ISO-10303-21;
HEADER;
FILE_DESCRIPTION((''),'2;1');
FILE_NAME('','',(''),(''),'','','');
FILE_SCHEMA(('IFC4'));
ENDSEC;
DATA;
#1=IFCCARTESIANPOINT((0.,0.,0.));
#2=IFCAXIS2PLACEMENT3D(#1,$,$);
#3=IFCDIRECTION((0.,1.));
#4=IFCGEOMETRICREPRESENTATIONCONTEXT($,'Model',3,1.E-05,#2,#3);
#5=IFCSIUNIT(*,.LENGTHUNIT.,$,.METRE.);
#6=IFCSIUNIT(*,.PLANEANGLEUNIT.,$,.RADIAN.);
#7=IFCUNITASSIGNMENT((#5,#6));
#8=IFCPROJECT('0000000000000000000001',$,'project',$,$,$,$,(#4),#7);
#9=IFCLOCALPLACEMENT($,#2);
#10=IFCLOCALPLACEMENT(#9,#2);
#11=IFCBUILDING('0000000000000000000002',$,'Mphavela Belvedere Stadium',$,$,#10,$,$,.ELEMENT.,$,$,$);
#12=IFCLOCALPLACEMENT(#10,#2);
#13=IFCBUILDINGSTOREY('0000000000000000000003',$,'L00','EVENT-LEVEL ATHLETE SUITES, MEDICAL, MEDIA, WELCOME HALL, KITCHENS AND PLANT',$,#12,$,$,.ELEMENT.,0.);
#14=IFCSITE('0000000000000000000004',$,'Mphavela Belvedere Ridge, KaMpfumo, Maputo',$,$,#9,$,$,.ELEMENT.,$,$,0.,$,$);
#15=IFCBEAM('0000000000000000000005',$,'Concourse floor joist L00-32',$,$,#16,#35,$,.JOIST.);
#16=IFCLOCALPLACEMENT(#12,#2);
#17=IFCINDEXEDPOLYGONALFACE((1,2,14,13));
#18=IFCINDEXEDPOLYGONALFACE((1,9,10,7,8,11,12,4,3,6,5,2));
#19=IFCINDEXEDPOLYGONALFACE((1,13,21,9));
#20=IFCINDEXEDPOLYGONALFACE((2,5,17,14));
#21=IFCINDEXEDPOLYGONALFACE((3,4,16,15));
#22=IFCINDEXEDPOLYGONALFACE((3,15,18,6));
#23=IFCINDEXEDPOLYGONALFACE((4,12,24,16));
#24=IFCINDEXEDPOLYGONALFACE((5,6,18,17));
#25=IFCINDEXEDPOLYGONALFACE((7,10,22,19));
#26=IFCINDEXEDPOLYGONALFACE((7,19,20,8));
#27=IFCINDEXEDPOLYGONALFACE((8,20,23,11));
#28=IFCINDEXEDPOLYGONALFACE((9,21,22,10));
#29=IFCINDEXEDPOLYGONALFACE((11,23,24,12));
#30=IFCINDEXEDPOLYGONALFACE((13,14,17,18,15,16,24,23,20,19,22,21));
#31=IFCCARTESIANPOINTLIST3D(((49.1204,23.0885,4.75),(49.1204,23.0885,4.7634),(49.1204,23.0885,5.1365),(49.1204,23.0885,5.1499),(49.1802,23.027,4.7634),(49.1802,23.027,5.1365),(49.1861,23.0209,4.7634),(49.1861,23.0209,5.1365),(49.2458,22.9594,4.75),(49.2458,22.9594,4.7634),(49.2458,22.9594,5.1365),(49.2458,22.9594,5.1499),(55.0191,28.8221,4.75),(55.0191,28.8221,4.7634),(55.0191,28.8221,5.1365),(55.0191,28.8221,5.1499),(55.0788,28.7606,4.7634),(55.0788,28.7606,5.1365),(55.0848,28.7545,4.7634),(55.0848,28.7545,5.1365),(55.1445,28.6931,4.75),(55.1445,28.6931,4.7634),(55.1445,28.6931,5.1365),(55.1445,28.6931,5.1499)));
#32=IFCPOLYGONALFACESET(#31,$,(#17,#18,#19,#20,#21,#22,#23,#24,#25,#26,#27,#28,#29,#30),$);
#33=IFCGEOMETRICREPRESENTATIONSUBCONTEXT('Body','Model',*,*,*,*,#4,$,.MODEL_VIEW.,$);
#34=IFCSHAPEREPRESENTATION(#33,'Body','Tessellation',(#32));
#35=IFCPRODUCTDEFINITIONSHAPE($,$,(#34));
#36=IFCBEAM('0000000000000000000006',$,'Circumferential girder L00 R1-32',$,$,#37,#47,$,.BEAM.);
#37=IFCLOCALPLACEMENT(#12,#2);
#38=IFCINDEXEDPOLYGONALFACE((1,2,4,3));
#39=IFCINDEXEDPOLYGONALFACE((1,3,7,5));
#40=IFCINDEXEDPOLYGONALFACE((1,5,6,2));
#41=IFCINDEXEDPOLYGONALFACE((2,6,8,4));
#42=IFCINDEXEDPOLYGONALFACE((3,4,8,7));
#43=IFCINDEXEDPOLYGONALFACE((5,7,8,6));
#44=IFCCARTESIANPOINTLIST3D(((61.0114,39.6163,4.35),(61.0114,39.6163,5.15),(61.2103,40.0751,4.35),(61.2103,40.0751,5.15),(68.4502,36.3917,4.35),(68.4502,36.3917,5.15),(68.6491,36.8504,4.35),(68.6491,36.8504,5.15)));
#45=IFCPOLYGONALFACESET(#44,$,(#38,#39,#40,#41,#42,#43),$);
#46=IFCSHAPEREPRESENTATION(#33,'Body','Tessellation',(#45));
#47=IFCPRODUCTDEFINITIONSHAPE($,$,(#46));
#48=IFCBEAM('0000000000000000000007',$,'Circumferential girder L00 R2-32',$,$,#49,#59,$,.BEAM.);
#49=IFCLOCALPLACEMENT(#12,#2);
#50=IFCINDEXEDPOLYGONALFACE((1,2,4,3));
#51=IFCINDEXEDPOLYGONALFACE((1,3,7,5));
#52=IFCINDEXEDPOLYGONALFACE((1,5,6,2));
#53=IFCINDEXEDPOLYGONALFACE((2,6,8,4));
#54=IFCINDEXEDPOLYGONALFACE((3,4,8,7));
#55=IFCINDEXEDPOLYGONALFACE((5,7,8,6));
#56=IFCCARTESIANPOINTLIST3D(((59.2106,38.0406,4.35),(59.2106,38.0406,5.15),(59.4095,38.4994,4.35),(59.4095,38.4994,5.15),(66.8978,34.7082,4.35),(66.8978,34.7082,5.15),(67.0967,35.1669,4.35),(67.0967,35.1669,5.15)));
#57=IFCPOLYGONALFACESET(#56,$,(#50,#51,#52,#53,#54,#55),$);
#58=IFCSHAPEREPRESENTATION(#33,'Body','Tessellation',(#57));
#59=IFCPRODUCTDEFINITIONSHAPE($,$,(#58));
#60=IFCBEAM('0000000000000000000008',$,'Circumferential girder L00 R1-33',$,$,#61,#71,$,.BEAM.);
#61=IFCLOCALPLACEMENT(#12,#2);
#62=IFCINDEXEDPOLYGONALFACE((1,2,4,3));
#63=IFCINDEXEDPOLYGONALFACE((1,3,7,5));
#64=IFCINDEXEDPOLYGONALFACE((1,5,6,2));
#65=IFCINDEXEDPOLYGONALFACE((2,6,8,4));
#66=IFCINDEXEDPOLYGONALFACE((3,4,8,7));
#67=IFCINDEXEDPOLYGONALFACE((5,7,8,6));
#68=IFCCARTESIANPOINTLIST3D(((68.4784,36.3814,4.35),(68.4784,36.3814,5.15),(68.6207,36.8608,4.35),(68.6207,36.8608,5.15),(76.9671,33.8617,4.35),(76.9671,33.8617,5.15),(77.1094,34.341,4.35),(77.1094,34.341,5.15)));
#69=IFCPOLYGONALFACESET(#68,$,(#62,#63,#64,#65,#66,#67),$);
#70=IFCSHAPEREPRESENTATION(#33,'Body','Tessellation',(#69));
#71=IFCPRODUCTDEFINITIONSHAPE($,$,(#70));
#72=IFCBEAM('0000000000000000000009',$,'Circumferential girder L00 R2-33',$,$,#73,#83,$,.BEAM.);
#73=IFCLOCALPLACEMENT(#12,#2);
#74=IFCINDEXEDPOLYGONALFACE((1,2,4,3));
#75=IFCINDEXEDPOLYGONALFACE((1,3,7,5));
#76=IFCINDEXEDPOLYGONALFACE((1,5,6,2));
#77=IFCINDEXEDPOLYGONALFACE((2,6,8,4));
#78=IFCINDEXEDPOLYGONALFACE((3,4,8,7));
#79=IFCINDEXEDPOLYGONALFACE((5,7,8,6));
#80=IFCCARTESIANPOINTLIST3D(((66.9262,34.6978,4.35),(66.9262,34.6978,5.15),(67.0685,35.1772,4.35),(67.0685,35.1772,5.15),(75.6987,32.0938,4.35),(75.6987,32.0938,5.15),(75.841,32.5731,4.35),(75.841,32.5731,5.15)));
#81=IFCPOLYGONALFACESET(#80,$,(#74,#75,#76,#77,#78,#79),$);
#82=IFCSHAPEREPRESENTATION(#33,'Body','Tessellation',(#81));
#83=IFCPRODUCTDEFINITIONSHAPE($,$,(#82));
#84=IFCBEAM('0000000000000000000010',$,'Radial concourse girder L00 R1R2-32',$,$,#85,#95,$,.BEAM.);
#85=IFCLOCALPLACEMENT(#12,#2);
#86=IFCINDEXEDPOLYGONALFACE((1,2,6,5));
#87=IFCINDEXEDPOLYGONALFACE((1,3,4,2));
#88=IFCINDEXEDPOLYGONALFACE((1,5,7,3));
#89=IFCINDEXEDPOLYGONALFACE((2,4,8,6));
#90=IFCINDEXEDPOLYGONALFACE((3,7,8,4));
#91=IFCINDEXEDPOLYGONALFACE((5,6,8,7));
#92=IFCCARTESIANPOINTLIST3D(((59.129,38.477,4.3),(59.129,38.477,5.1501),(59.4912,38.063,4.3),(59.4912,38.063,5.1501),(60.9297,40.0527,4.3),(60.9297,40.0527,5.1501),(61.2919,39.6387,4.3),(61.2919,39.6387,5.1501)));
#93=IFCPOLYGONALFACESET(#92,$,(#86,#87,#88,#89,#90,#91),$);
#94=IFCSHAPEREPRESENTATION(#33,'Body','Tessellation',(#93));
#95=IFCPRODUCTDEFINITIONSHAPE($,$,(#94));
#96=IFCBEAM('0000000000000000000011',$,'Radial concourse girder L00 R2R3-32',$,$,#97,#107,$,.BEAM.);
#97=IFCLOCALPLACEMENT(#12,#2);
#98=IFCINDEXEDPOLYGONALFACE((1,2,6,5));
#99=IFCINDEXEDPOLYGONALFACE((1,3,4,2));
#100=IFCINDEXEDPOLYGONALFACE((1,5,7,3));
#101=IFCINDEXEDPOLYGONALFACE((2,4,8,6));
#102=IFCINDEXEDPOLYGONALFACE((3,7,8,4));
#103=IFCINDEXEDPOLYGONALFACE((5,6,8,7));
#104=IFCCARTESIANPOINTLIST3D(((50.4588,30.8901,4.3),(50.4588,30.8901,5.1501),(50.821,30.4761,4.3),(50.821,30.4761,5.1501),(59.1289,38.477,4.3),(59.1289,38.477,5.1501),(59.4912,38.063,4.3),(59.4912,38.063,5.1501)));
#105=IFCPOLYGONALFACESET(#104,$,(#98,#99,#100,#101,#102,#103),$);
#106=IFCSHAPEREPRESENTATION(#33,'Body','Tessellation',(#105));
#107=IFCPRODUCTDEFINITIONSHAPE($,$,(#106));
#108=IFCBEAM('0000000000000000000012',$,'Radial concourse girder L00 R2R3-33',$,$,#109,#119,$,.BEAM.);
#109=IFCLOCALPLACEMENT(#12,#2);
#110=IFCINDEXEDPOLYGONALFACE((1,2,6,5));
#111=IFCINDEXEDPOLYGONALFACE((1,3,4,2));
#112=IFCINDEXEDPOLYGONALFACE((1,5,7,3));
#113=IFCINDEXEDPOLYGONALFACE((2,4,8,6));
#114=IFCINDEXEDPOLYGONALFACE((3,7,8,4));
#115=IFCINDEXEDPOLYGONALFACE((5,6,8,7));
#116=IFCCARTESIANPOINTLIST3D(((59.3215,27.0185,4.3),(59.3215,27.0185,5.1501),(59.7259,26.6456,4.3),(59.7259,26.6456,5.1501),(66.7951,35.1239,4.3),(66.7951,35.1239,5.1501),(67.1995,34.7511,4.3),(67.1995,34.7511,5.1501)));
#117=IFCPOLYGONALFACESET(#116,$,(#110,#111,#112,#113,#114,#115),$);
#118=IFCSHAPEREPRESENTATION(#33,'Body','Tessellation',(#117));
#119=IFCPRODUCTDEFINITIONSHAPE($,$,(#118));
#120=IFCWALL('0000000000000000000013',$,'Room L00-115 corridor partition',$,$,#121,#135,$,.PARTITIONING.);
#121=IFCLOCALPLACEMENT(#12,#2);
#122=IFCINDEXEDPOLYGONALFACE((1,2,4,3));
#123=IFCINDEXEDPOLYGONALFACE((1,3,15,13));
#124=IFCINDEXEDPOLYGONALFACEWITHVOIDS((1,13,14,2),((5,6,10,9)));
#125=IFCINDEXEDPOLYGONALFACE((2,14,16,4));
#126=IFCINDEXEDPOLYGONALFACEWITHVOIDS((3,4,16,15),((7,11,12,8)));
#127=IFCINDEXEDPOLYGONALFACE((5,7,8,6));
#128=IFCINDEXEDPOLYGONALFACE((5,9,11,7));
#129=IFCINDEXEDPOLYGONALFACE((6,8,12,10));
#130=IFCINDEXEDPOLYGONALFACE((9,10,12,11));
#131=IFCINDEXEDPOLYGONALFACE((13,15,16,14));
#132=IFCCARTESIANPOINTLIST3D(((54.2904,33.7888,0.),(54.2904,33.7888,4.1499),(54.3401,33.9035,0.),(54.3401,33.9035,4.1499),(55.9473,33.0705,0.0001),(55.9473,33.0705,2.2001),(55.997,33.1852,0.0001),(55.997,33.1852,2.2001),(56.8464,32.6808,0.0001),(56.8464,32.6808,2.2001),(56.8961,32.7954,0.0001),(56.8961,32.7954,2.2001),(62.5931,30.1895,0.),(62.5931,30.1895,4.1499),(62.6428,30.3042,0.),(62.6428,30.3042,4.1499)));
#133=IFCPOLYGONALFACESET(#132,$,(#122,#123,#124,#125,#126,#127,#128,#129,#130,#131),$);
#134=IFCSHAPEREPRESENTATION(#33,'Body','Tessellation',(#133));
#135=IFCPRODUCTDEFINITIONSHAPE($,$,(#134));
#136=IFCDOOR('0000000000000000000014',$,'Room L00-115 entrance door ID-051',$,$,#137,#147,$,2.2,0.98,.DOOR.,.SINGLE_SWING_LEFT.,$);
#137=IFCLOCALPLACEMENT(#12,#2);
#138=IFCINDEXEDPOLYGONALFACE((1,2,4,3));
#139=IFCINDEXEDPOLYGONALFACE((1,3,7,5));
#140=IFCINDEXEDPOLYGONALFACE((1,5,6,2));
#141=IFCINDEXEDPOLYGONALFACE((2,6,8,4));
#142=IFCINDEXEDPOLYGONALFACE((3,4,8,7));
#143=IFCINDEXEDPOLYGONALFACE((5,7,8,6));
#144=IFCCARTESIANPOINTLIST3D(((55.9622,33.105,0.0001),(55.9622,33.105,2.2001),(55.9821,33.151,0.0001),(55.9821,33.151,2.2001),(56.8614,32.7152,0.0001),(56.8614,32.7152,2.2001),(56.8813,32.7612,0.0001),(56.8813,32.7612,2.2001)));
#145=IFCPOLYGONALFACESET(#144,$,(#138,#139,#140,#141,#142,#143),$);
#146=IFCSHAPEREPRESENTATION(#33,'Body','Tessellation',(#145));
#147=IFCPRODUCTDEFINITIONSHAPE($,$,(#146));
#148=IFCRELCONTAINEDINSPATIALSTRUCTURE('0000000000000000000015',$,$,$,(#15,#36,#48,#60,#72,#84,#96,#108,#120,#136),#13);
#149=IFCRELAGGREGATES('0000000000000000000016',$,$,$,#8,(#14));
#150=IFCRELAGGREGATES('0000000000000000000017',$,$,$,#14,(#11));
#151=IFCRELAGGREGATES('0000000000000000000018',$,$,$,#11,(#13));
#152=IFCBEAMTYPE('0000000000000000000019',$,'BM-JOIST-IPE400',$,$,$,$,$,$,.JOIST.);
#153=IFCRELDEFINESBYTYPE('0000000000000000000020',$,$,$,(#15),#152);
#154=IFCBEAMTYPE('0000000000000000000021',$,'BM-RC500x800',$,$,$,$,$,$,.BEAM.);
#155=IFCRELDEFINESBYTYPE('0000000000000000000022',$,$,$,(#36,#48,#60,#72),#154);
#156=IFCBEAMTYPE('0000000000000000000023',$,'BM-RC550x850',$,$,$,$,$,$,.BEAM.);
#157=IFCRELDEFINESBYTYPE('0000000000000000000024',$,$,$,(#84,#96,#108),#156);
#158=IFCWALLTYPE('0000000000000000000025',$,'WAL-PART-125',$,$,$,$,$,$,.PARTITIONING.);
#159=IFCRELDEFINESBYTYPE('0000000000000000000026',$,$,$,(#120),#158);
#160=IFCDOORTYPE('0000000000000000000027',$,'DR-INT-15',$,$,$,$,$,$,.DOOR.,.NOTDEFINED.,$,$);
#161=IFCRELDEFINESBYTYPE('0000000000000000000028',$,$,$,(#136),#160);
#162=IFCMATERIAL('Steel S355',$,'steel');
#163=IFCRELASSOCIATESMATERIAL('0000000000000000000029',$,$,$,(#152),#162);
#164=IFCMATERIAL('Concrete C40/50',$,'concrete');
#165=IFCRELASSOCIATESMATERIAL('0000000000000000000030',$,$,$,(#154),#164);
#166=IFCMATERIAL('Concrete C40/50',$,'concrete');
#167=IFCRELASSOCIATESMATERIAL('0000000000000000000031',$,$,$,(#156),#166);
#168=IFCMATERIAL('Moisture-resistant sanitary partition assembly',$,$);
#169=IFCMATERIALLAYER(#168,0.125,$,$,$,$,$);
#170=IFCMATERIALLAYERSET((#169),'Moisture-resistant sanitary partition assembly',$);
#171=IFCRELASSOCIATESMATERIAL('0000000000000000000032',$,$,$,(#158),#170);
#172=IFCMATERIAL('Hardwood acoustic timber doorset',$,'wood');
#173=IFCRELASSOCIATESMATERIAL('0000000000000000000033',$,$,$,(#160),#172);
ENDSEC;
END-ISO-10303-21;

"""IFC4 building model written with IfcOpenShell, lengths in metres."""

from ifc_helpers import new_model, si_unit, direction, frame, frame_2d, origin, origin_2d, place, context, subcontext, project, spatial, rectangle, i_section, extrude, material, layer, layer_set, material_profile, profile_set, type_object, element, fill, save


model = new_model("IFC4")

# Units and contexts
model_context = context("Model", 3, precision=1e-05, world=origin(), true_north=direction((0.0, 1.0)))
body_context = subcontext(model_context, "Body", "Model", "MODEL_VIEW")
ifc_project = project(units=[si_unit("LENGTHUNIT", "METRE"), si_unit("PLANEANGLEUNIT", "RADIAN")], contexts=[model_context])

# Site, building, storey
site_placement = place(None, origin())
site = spatial("IfcSite", under=ifc_project, at=site_placement, Name="Mphavela Belvedere Ridge, KaMpfumo, Maputo", CompositionType="ELEMENT", RefElevation=0.0)
building_placement = place(site_placement, origin())
building = spatial("IfcBuilding", under=site, at=building_placement, Name="Mphavela Belvedere Stadium", CompositionType="ELEMENT")
storey_placement = place(building_placement, origin())
storey = spatial("IfcBuildingStorey", under=building, at=storey_placement, Name="L00", Description="EVENT-LEVEL ATHLETE SUITES, MEDICAL, MEDIA, WELCOME HALL, KITCHENS AND PLANT", CompositionType="ELEMENT", Elevation=0.0)

# Beams
ifc_material_1 = material(Name="Steel S355", Category="steel")
ifc_material_profile_1 = material_profile(ifc_material_1, i_section(OverallWidth=0.1799, OverallDepth=0.3999, WebThickness=0.0085, FlangeThickness=0.0134, at=origin_2d()), Name="IPE 400")
ifc_profile_set_1 = profile_set([ifc_material_profile_1], Name="Steel S355")
beam_type_1 = type_object("IfcBeamType", Name="BM-JOIST-IPE400", PredefinedType="JOIST", material=ifc_profile_set_1)
beam_1_placement = place(storey_placement, frame((55.0818, 28.7576, 4.95), z_axis=(-0.717067, -0.697004, 0.0), x_axis=(0.697004, -0.717067, 0.0)))
element("IfcBeam", 1, at=beam_1_placement, inside=storey, type_object=beam_type_1, Name="Concourse floor joist L00-32", PredefinedType="JOIST", context=body_context, shape_type="SweptSolid", body=[
    extrude(i_section(OverallWidth=0.1799, OverallDepth=0.3999, WebThickness=0.0085, FlangeThickness=0.0134, at=origin_2d()), origin(), (0.0, 0.0, 1.0), 8.2261),
])
ifc_material_2 = material(Name="Concrete C40/50", Category="concrete")
ifc_material_profile_2 = material_profile(ifc_material_2, rectangle(XDim=0.5, YDim=0.8, at=origin_2d()), Name="RC 500x800")
ifc_profile_set_2 = profile_set([ifc_material_profile_2], Name="Concrete C40/50")
beam_type_2 = type_object("IfcBeamType", Name="BM-RC500x800", PredefinedType="BEAM", material=ifc_profile_set_2)
beam_2_placement = place(storey_placement, frame((61.1108, 39.8457, 4.75), z_axis=(0.917503, -0.397728, 0.0), x_axis=(0.397728, 0.917503, 0.0)))
element("IfcBeam", 2, at=beam_2_placement, inside=storey, type_object=beam_type_2, Name="Circumferential girder L00 R1-32", PredefinedType="BEAM", context=body_context, shape_type="SweptSolid", body=[
    extrude(rectangle(XDim=0.5, YDim=0.8, at=origin_2d()), origin(), (0.0, 0.0, 1.0), 8.1077),
])
beam_3_placement = place(storey_placement, frame((59.3101, 38.27, 4.75), z_axis=(0.917496, -0.397746, 0.0), x_axis=(0.397746, 0.917496, 0.0)))
element("IfcBeam", 3, at=beam_3_placement, inside=storey, type_object=beam_type_2, Name="Circumferential girder L00 R2-32", PredefinedType="BEAM", context=body_context, shape_type="SweptSolid", body=[
    extrude(rectangle(XDim=0.5, YDim=0.8, at=origin_2d()), origin(), (0.0, 0.0, 1.0), 8.3784),
])
beam_4_placement = place(storey_placement, frame((68.5496, 36.6211, 4.75), z_axis=(0.958657, -0.284564, 0.0), x_axis=(0.284564, 0.958657, 0.0)))
element("IfcBeam", 4, at=beam_4_placement, inside=storey, type_object=beam_type_2, Name="Circumferential girder L00 R1-33", PredefinedType="BEAM", context=body_context, shape_type="SweptSolid", body=[
    extrude(rectangle(XDim=0.5, YDim=0.8, at=origin_2d()), origin(), (0.0, 0.0, 1.0), 8.8547),
])
beam_5_placement = place(storey_placement, frame((66.9973, 34.9375, 4.75), z_axis=(0.958656, -0.284566, 0.0), x_axis=(0.284566, 0.958656, 0.0)))
element("IfcBeam", 5, at=beam_5_placement, inside=storey, type_object=beam_type_2, Name="Circumferential girder L00 R2-33", PredefinedType="BEAM", context=body_context, shape_type="SweptSolid", body=[
    extrude(rectangle(XDim=0.5, YDim=0.8, at=origin_2d()), origin(), (0.0, 0.0, 1.0), 9.1509),
])
ifc_material_3 = material(Name="Concrete C40/50", Category="concrete")
ifc_material_profile_3 = material_profile(ifc_material_3, rectangle(XDim=0.55, YDim=0.8501, at=origin_2d()), Name="RC 550x850")
ifc_profile_set_3 = profile_set([ifc_material_profile_3], Name="Concrete C40/50")
beam_type_3 = type_object("IfcBeamType", Name="BM-RC550x850", PredefinedType="BEAM", material=ifc_profile_set_3)
beam_6_placement = place(storey_placement, frame((61.1108, 39.8457, 4.7251), z_axis=(-0.752577, -0.658505, 0.0), x_axis=(0.658505, -0.752577, 0.0)))
element("IfcBeam", 6, at=beam_6_placement, inside=storey, type_object=beam_type_3, Name="Radial concourse girder L00 R1R2-32", PredefinedType="BEAM", context=body_context, shape_type="SweptSolid", body=[
    extrude(rectangle(XDim=0.55, YDim=0.8501, at=origin_2d()), origin(), (0.0, 0.0, 1.0), 2.3928),
])
beam_7_placement = place(storey_placement, frame((59.3101, 38.27, 4.7251), z_axis=(-0.752554, -0.65853, 0.0), x_axis=(0.65853, -0.752554, 0.0)))
element("IfcBeam", 7, at=beam_7_placement, inside=storey, type_object=beam_type_3, Name="Radial concourse girder L00 R2R3-32", PredefinedType="BEAM", context=body_context, shape_type="SweptSolid", body=[
    extrude(rectangle(XDim=0.55, YDim=0.8501, at=origin_2d()), origin(), (0.0, 0.0, 1.0), 11.521),
])
beam_8_placement = place(storey_placement, frame((66.9973, 34.9375, 4.7251), z_axis=(-0.677872, -0.73518, 0.0), x_axis=(0.73518, -0.677872, 0.0)))
element("IfcBeam", 8, at=beam_8_placement, inside=storey, type_object=beam_type_3, Name="Radial concourse girder L00 R2R3-33", PredefinedType="BEAM", context=body_context, shape_type="SweptSolid", body=[
    extrude(rectangle(XDim=0.55, YDim=0.8501, at=origin_2d()), origin(), (0.0, 0.0, 1.0), 11.0251),
])

# Wall, opening, door
ifc_material_4 = material(Name="Moisture-resistant sanitary partition assembly")
ifc_layer_1 = layer(ifc_material_4, 0.125)
ifc_layer_set_1 = layer_set([ifc_layer_1], Name="Moisture-resistant sanitary partition assembly")
wall_type_1 = type_object("IfcWallType", Name="WAL-PART-125", PredefinedType="PARTITIONING", material=ifc_layer_set_1)
wall_1_placement = place(storey_placement, frame((62.6179, 30.2468, 0.0), z_axis=(0.0, 0.0, 1.0), x_axis=(-0.917495, 0.397748, 0.0)))
wall_1 = element("IfcWall", 9, at=wall_1_placement, inside=storey, type_object=wall_type_1, Name="Room L00-115 corridor partition", PredefinedType="PARTITIONING", context=body_context, shape_type="SweptSolid", body=[
    extrude(rectangle(XDim=9.0493, YDim=0.125, at=frame_2d((4.5247, 0.0))), origin(), (0.0, 0.0, 1.0), 4.1499),
])
opening_1_placement = place(wall_1_placement, frame((6.2634, 0.0, 0.0)))
opening_1 = element("IfcOpeningElement", 10, at=opening_1_placement, cuts=wall_1, PredefinedType="OPENING", context=body_context, shape_type="SweptSolid", body=[
    extrude(rectangle(XDim=0.98, YDim=2.2, at=frame_2d((0.49, 1.1001))), frame((0.0, 0.0725, 0.0), z_axis=(0.0, -1.0, 0.0), x_axis=(1.0, 0.0, 0.0)), (0.0, 0.0, 1.0), 0.145),
])
ifc_material_5 = material(Name="Hardwood acoustic timber doorset", Category="wood")
door_type_1 = type_object("IfcDoorType", Name="DR-INT-15", OperationType="NOTDEFINED", PredefinedType="DOOR", material=ifc_material_5)
door_1_placement = place(opening_1_placement, origin())
door_1 = element("IfcDoor", 11, at=door_1_placement, inside=storey, type_object=door_type_1, Name="Room L00-115 entrance door ID-051", OperationType="SINGLE_SWING_LEFT", OverallHeight=2.2, OverallWidth=0.98, PredefinedType="DOOR", context=body_context, shape_type="SweptSolid", body=[
    extrude(rectangle(XDim=0.98, YDim=2.2, at=frame_2d((0.49, 1.1001))), frame((0.0, 0.0249, 0.0), z_axis=(0.0, -1.0, 0.0), x_axis=(1.0, 0.0, 0.0)), (0.0, 0.0, 1.0), 0.05),
])
fill(opening_1, door_1)

save(model, "model.ifc")
